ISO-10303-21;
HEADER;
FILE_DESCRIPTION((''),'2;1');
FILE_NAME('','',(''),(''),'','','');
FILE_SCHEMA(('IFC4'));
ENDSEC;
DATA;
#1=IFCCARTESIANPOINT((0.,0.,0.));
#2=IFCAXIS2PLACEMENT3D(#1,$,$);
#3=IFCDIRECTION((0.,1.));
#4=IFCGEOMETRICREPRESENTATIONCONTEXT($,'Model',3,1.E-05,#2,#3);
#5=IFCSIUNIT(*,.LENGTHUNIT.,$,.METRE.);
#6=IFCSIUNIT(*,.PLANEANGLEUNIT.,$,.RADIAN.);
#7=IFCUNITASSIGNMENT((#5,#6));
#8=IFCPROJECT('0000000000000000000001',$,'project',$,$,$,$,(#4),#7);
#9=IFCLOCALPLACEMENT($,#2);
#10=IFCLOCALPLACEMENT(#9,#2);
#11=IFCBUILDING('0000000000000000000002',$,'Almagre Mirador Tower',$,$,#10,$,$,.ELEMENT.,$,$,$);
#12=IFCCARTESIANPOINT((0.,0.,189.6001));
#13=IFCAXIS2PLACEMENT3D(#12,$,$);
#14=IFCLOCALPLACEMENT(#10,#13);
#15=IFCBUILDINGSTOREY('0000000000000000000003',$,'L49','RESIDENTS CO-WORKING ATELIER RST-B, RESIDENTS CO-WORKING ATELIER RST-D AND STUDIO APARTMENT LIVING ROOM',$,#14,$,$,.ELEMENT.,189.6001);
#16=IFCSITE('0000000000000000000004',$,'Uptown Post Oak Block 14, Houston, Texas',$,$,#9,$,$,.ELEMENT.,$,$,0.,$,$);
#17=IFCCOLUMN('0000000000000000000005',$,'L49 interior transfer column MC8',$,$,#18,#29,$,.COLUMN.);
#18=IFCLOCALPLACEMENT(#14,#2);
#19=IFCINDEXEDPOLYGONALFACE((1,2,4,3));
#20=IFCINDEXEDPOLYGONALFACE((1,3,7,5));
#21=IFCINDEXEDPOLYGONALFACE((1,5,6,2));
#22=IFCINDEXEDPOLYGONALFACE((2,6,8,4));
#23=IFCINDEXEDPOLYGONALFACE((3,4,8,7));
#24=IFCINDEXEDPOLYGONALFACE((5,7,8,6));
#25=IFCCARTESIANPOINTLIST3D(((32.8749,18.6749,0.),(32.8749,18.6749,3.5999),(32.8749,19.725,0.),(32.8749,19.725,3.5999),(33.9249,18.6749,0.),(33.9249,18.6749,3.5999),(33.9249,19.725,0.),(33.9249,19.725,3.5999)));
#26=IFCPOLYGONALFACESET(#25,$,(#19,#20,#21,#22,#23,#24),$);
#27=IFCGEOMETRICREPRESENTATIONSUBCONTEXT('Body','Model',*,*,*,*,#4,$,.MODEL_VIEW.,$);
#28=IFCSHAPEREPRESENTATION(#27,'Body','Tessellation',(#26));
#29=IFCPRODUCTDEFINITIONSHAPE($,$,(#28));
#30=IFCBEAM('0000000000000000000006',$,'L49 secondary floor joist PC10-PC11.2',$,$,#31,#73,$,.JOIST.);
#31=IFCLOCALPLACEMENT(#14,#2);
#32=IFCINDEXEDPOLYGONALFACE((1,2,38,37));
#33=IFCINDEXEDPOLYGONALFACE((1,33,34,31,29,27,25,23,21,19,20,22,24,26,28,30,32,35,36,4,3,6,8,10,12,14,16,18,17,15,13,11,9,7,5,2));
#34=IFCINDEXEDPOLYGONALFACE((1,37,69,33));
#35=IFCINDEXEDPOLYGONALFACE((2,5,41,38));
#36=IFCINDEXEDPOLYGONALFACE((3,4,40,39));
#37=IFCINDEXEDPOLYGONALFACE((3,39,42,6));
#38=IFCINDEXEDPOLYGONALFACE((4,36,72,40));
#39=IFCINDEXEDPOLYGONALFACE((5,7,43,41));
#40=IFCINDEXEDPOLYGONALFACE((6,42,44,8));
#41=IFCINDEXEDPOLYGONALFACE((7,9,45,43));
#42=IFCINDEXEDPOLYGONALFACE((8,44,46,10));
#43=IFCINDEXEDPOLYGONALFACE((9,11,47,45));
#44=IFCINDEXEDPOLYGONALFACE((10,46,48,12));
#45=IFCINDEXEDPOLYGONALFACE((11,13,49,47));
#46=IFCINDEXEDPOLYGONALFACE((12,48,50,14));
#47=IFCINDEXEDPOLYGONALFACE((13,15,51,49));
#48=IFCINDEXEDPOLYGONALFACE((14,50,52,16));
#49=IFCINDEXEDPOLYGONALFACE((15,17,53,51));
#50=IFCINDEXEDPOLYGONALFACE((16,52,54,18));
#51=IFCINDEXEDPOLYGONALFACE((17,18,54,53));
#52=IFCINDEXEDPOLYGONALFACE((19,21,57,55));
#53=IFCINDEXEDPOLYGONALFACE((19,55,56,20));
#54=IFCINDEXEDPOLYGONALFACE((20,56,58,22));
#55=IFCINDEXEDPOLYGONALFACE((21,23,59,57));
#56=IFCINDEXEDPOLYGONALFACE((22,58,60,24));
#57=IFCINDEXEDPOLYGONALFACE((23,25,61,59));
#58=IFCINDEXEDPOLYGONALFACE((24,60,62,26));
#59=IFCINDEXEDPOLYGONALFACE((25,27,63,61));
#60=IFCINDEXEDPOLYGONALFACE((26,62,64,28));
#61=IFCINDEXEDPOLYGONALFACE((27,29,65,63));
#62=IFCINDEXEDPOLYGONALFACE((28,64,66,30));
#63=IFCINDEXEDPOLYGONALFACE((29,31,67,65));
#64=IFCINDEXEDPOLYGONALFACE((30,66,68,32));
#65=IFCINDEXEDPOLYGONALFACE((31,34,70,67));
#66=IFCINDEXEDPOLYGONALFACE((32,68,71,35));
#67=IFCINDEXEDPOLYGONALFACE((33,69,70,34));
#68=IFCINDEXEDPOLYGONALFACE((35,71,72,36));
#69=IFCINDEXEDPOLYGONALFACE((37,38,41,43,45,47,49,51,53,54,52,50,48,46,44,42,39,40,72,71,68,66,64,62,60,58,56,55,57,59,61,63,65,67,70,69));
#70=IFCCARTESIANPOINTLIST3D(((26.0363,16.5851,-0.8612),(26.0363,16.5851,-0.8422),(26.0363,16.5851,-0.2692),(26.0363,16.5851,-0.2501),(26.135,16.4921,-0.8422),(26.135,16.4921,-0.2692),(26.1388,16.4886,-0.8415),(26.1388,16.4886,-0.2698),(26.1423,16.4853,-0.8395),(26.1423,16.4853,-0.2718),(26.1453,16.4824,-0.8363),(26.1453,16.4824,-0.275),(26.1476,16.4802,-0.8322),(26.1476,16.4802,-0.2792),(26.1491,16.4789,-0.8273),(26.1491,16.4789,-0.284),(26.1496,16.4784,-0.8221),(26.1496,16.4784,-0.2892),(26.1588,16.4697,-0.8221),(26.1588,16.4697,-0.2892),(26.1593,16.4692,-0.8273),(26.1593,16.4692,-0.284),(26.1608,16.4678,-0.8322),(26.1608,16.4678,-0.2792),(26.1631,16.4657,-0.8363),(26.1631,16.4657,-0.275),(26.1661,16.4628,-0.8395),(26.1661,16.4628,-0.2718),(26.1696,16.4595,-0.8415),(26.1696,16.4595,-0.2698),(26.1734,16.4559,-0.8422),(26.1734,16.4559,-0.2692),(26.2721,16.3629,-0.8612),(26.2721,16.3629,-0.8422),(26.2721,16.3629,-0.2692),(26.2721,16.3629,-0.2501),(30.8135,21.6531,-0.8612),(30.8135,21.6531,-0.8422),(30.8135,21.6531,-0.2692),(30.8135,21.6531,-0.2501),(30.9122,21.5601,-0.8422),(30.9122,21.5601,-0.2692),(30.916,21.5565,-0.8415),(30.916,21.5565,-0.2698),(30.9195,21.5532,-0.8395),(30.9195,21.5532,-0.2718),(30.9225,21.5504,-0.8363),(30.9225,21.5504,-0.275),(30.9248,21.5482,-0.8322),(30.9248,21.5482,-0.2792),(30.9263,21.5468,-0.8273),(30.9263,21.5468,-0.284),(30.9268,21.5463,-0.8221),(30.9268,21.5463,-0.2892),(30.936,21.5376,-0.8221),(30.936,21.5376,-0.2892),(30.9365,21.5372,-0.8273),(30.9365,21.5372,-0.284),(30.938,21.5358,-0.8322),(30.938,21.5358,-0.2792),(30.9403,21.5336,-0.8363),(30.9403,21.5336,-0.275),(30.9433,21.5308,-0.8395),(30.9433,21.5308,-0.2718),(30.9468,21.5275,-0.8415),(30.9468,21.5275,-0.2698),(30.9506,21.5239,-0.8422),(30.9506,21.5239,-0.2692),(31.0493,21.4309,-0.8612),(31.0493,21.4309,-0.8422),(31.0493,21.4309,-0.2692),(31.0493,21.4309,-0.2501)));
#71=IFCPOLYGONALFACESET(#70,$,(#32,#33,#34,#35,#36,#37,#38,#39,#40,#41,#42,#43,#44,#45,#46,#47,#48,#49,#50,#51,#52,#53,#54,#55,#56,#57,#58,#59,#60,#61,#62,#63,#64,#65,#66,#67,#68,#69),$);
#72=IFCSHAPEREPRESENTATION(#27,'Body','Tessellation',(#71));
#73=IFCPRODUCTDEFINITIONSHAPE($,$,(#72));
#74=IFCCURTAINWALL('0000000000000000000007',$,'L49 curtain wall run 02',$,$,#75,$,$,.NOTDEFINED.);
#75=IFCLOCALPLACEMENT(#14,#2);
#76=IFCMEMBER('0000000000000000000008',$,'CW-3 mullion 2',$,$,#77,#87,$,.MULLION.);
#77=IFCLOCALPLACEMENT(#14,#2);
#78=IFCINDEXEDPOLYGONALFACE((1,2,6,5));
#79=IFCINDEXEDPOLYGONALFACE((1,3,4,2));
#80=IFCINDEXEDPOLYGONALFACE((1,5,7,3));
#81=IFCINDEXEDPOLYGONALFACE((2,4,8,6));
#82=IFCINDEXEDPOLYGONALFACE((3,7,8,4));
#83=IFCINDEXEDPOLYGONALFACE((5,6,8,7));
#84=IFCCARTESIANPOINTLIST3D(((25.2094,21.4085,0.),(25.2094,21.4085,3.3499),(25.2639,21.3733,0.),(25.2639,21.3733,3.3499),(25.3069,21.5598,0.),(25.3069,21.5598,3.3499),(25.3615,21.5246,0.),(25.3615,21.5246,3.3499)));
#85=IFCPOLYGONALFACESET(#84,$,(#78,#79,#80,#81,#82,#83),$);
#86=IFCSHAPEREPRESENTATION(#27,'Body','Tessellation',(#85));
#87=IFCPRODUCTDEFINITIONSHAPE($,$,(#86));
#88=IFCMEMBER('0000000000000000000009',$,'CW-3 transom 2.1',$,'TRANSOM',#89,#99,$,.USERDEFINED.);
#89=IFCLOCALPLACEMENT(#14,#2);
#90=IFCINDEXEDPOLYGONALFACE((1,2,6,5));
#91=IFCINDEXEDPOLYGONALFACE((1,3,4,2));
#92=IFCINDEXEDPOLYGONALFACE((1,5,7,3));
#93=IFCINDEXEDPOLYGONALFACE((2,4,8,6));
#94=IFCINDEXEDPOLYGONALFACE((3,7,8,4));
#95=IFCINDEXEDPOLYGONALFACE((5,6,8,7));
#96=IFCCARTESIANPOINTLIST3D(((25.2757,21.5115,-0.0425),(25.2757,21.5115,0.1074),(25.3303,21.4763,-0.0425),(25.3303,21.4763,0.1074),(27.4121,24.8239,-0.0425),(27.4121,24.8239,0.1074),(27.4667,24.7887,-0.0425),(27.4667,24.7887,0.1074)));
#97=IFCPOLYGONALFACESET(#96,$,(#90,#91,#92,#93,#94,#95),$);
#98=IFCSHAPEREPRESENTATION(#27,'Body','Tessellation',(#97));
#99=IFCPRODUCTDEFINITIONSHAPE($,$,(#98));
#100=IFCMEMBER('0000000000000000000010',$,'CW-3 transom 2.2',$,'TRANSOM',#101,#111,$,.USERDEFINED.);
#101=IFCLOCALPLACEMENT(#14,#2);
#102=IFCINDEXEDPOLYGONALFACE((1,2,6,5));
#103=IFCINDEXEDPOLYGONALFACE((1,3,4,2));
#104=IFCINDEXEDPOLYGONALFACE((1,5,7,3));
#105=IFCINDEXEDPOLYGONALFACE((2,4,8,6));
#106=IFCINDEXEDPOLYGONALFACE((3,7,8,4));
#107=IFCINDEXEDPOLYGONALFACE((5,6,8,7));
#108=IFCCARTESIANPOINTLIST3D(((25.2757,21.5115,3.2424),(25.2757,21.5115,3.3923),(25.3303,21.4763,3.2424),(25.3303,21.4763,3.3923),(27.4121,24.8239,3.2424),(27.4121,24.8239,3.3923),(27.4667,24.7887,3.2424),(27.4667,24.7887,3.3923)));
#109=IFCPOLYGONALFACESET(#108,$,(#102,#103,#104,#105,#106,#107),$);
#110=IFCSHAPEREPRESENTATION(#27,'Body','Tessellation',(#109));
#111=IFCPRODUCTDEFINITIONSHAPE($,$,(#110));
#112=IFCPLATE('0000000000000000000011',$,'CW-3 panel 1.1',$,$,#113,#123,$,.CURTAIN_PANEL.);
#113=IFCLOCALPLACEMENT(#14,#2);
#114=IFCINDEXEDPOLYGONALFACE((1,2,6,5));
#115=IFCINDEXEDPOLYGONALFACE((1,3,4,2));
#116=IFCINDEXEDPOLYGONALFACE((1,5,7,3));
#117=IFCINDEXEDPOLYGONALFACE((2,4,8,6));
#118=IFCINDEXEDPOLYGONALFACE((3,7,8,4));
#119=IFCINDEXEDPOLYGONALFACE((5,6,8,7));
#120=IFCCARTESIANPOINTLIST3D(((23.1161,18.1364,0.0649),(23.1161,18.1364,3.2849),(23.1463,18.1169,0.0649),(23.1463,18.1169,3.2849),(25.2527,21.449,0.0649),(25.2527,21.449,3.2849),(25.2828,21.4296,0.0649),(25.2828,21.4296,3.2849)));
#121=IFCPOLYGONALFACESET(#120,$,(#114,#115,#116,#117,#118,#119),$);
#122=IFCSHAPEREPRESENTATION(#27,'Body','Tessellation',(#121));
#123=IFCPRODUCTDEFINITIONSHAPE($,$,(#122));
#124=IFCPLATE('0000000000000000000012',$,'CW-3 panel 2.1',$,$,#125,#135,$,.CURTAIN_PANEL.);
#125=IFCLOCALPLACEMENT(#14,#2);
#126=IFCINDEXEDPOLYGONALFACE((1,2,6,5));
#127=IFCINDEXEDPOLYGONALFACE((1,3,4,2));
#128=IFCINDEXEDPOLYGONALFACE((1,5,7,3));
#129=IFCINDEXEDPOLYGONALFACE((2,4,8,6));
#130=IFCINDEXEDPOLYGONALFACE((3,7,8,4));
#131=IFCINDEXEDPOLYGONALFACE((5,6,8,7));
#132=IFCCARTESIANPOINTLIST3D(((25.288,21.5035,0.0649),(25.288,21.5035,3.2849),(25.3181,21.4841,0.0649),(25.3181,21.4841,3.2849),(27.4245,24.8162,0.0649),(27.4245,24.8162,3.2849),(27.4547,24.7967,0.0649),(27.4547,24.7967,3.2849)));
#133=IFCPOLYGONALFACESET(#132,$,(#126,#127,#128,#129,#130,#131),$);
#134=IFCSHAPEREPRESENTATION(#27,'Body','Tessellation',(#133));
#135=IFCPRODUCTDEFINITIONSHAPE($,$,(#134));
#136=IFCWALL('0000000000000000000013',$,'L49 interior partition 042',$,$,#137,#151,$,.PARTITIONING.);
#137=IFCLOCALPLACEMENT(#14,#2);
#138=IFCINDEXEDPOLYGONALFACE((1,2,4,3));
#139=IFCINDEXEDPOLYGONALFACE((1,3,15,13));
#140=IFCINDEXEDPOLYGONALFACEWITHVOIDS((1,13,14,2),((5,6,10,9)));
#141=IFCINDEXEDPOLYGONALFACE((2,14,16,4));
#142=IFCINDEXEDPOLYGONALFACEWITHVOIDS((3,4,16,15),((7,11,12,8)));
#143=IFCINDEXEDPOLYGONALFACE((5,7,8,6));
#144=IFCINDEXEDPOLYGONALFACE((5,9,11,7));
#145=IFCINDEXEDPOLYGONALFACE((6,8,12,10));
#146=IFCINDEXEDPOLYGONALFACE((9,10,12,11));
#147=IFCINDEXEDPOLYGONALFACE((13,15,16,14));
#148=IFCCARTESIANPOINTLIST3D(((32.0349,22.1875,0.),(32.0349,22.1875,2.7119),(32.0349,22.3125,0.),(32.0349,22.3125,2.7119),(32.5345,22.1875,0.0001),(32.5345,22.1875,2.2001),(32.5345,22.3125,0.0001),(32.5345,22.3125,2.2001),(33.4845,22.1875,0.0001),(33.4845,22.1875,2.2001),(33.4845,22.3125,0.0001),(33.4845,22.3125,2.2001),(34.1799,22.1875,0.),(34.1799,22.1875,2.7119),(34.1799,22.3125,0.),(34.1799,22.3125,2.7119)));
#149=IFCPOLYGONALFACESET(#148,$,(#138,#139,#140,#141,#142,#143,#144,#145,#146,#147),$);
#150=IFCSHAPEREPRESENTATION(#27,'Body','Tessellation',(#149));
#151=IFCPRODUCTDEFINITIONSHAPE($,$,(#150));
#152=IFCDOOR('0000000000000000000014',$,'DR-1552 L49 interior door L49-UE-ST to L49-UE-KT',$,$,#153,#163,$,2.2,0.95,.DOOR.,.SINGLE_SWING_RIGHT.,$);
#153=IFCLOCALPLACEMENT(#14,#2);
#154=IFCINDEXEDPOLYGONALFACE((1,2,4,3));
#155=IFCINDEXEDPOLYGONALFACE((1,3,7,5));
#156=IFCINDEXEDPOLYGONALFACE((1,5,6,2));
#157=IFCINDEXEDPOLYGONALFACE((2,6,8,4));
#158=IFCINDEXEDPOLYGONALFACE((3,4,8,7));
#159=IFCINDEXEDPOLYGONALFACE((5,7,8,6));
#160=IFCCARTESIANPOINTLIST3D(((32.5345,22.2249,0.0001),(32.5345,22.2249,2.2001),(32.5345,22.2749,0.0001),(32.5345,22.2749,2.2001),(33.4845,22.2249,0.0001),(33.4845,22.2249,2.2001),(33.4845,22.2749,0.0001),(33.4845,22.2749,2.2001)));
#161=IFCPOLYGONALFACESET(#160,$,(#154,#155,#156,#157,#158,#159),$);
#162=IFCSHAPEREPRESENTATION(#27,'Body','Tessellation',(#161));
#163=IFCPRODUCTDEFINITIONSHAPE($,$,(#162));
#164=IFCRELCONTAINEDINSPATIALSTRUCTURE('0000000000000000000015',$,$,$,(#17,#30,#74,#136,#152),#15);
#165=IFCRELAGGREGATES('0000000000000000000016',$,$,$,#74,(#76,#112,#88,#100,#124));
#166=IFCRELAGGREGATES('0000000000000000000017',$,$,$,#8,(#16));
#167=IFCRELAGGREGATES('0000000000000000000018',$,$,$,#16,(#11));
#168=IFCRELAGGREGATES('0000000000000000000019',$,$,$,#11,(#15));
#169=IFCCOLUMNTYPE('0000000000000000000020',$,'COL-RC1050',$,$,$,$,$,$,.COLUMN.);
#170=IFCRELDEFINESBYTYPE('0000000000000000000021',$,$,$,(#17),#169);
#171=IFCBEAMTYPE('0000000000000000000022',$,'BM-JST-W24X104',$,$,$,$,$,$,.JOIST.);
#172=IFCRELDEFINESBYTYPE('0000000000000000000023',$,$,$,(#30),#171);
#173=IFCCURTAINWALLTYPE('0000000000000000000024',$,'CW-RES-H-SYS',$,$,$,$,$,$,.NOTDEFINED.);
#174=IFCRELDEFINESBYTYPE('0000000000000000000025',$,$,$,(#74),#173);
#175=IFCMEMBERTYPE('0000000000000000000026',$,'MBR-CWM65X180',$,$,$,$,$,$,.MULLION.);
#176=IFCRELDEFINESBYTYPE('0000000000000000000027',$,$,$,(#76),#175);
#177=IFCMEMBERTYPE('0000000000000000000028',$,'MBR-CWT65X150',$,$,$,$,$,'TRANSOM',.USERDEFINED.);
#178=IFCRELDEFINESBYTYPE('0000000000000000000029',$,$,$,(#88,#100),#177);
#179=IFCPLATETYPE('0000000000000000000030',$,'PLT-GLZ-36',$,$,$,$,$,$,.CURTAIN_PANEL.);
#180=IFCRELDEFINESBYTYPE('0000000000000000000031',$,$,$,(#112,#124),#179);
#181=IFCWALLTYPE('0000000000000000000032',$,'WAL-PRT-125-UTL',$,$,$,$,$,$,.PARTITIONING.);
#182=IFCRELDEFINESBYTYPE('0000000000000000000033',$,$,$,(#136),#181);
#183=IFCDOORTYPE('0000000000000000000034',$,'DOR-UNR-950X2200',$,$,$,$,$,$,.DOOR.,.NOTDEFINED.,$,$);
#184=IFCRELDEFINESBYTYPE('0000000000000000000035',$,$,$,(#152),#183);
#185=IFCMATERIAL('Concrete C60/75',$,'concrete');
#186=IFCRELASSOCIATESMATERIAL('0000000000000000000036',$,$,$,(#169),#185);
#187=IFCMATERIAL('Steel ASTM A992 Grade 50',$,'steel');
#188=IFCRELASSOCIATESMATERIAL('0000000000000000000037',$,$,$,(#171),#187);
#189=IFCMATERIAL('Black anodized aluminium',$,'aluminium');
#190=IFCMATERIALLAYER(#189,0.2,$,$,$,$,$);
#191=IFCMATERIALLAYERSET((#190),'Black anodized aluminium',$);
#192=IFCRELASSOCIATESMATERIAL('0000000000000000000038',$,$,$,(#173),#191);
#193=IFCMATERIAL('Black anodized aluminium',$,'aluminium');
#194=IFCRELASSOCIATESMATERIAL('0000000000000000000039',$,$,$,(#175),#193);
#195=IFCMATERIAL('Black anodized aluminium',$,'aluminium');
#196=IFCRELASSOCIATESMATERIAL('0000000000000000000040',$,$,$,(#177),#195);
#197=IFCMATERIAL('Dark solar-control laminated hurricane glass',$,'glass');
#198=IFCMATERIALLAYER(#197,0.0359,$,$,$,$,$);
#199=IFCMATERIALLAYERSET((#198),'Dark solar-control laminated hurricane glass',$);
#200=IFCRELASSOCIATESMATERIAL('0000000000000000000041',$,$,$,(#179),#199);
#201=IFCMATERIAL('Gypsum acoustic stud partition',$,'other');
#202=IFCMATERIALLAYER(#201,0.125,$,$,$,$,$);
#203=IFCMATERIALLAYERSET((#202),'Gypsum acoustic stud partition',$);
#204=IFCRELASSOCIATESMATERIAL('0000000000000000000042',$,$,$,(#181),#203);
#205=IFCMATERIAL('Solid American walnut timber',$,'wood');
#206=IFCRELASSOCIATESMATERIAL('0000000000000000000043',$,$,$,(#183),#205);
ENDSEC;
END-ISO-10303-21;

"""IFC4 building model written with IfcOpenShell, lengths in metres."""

from ifc_helpers import new_model, si_unit, direction, frame, frame_2d, origin, origin_2d, place, context, subcontext, project, spatial, rectangle, i_section, extrude, material, layer, layer_set, material_profile, profile_set, type_object, element, fill, aggregate, save


model = new_model("IFC4")

# Units and contexts
model_context = context("Model", 3, precision=1e-05, world=origin(), true_north=direction((0.0, 1.0)))
body_context = subcontext(model_context, "Body", "Model", "MODEL_VIEW")
ifc_project = project(units=[si_unit("LENGTHUNIT", "METRE"), si_unit("PLANEANGLEUNIT", "RADIAN")], contexts=[model_context])

# Site, building, storey
site_placement = place(None, origin())
site = spatial("IfcSite", under=ifc_project, at=site_placement, Name="Uptown Post Oak Block 14, Houston, Texas", CompositionType="ELEMENT", RefElevation=0.0)
building_placement = place(site_placement, origin())
building = spatial("IfcBuilding", under=site, at=building_placement, Name="Almagre Mirador Tower", CompositionType="ELEMENT")
storey_placement = place(building_placement, frame((0.0, 0.0, 189.6001)))
storey = spatial("IfcBuildingStorey", under=building, at=storey_placement, Name="L49", Description="RESIDENTS CO-WORKING ATELIER RST-B, RESIDENTS CO-WORKING ATELIER RST-D AND STUDIO APARTMENT LIVING ROOM", CompositionType="ELEMENT", Elevation=189.6001)

# Column
ifc_material_1 = material(Name="Concrete C60/75", Category="concrete")
ifc_material_profile_1 = material_profile(ifc_material_1, rectangle(XDim=1.05, YDim=1.05, at=origin_2d()), Name="RC1050X1050")
ifc_profile_set_1 = profile_set([ifc_material_profile_1], Name="Concrete C60/75")
column_type = type_object("IfcColumnType", Name="COL-RC1050", PredefinedType="COLUMN", material=ifc_profile_set_1)
column_placement = place(storey_placement, frame((33.3999, 19.2, 0.0), z_axis=(0.0, 0.0, 1.0), x_axis=(1.0, 0.0, 0.0)))
element("IfcColumn", 1, at=column_placement, inside=storey, type_object=column_type, Name="L49 interior transfer column MC8", PredefinedType="COLUMN", context=body_context, shape_type="SweptSolid", body=[
    extrude(rectangle(XDim=1.05, YDim=1.05, at=origin_2d()), origin(), (0.0, 0.0, 1.0), 3.5999),
])

# Beam
ifc_material_2 = material(Name="Steel ASTM A992 Grade 50", Category="steel")
ifc_material_profile_2 = material_profile(ifc_material_2, i_section(OverallWidth=0.324, OverallDepth=0.6111, WebThickness=0.0127, FlangeThickness=0.019, FilletRadius=0.02, at=origin_2d()), Name="W24X104")
ifc_profile_set_2 = profile_set([ifc_material_profile_2], Name="Steel ASTM A992 Grade 50")
beam_type = type_object("IfcBeamType", Name="BM-JST-W24X104", PredefinedType="JOIST", material=ifc_profile_set_2)
beam_placement = place(storey_placement, frame((30.9314, 21.542, -0.5557), z_axis=(-0.685923, -0.727674, 0.0), x_axis=(0.727674, -0.685923, 0.0)))
element("IfcBeam", 2, at=beam_placement, inside=storey, type_object=beam_type, Name="L49 secondary floor joist PC10-PC11.2", PredefinedType="JOIST", context=body_context, shape_type="SweptSolid", body=[
    extrude(i_section(OverallWidth=0.324, OverallDepth=0.6111, WebThickness=0.0127, FlangeThickness=0.019, FilletRadius=0.02, at=origin_2d()), origin(), (0.0, 0.0, 1.0), 6.9646),
])

# Curtain wall, members, plates
ifc_material_3 = material(Name="Black anodized aluminium", Category="aluminium")
ifc_layer_1 = layer(ifc_material_3, 0.2)
ifc_layer_set_1 = layer_set([ifc_layer_1], Name="Black anodized aluminium")
curtain_wall_type = type_object("IfcCurtainWallType", Name="CW-RES-H-SYS", PredefinedType="NOTDEFINED", material=ifc_layer_set_1)
curtain_wall_placement = place(storey_placement, origin())
curtain_wall = element("IfcCurtainWall", 3, at=curtain_wall_placement, inside=storey, type_object=curtain_wall_type, Name="L49 curtain wall run 02", PredefinedType="NOTDEFINED")
ifc_material_4 = material(Name="Black anodized aluminium", Category="aluminium")
ifc_material_profile_3 = material_profile(ifc_material_4, rectangle(XDim=0.0649, YDim=0.1799, at=origin_2d()), Name="CWM65X180")
ifc_profile_set_3 = profile_set([ifc_material_profile_3], Name="Black anodized aluminium")
member_type_1 = type_object("IfcMemberType", Name="MBR-CWM65X180", PredefinedType="MULLION", material=ifc_profile_set_3)
member_1_placement = place(storey_placement, frame((25.2854, 21.4666, 0.0), z_axis=(0.0, 0.0, 1.0), x_axis=(-0.84037, 0.542013, 0.0)))
member_1 = element("IfcMember", 4, at=member_1_placement, type_object=member_type_1, Name="CW-3 mullion 2", PredefinedType="MULLION", context=body_context, shape_type="SweptSolid", body=[
    extrude(rectangle(XDim=0.0649, YDim=0.1799, at=origin_2d()), origin(), (0.0, 0.0, 1.0), 3.3499),
])
ifc_material_5 = material(Name="Black anodized aluminium", Category="aluminium")
ifc_material_profile_4 = material_profile(ifc_material_5, rectangle(XDim=0.0649, YDim=0.1499, at=origin_2d()), Name="CWT65X150")
ifc_profile_set_4 = profile_set([ifc_material_profile_4], Name="Black anodized aluminium")
member_type_2 = type_object("IfcMemberType", Name="MBR-CWT65X150", ElementType="TRANSOM", PredefinedType="USERDEFINED", material=ifc_profile_set_4)
member_2_placement = place(storey_placement, frame((25.303, 21.4939, 0.0325), z_axis=(0.542015, 0.840369, 0.0), x_axis=(-0.840369, 0.542015, 0.0)))
member_2 = element("IfcMember", 5, at=member_2_placement, type_object=member_type_2, Name="CW-3 transom 2.1", ObjectType="TRANSOM", PredefinedType="USERDEFINED", context=body_context, shape_type="SweptSolid", body=[
    extrude(rectangle(XDim=0.0649, YDim=0.1499, at=origin_2d()), origin(), (0.0, 0.0, 1.0), 3.9417),
])
member_3_placement = place(storey_placement, frame((25.303, 21.4939, 3.3174), z_axis=(0.542015, 0.840369, 0.0), x_axis=(-0.840369, 0.542015, 0.0)))
member_3 = element("IfcMember", 6, at=member_3_placement, type_object=member_type_2, Name="CW-3 transom 2.2", ObjectType="TRANSOM", PredefinedType="USERDEFINED", context=body_context, shape_type="SweptSolid", body=[
    extrude(rectangle(XDim=0.0649, YDim=0.1499, at=origin_2d()), origin(), (0.0, 0.0, 1.0), 3.9417),
])
ifc_material_6 = material(Name="Dark solar-control laminated hurricane glass", Category="glass")
ifc_layer_2 = layer(ifc_material_6, 0.0359)
ifc_layer_set_2 = layer_set([ifc_layer_2], Name="Dark solar-control laminated hurricane glass")
plate_type = type_object("IfcPlateType", Name="PLT-GLZ-36", PredefinedType="CURTAIN_PANEL", material=ifc_layer_set_2)
plate_1_placement = place(storey_placement, frame((24.1995, 19.783, 0.0649), z_axis=(0.0, 0.0, 1.0), x_axis=(0.542013, 0.84037, 0.0)))
plate_1 = element("IfcPlate", 7, at=plate_1_placement, type_object=plate_type, Name="CW-3 panel 1.1", PredefinedType="CURTAIN_PANEL", context=body_context, shape_type="SweptSolid", body=[
    extrude(rectangle(XDim=3.9419, YDim=0.0359, at=origin_2d()), origin(), (0.0, 0.0, 1.0), 3.22),
])
plate_2_placement = place(storey_placement, frame((26.3713, 23.1501, 0.0649), z_axis=(0.0, 0.0, 1.0), x_axis=(0.542013, 0.84037, 0.0)))
plate_2 = element("IfcPlate", 8, at=plate_2_placement, type_object=plate_type, Name="CW-3 panel 2.1", PredefinedType="CURTAIN_PANEL", context=body_context, shape_type="SweptSolid", body=[
    extrude(rectangle(XDim=3.9419, YDim=0.0359, at=origin_2d()), origin(), (0.0, 0.0, 1.0), 3.22),
])
aggregate(curtain_wall, [member_1, plate_1, member_2, member_3, plate_2])

# Wall, opening, door
ifc_material_7 = material(Name="Gypsum acoustic stud partition", Category="other")
ifc_layer_3 = layer(ifc_material_7, 0.125)
ifc_layer_set_3 = layer_set([ifc_layer_3], Name="Gypsum acoustic stud partition")
wall_type_1 = type_object("IfcWallType", Name="WAL-PRT-125-UTL", PredefinedType="PARTITIONING", material=ifc_layer_set_3)
wall_1_placement = place(storey_placement, frame((32.0349, 22.25, 0.0), z_axis=(0.0, 0.0, 1.0), x_axis=(1.0, 0.0, 0.0)))
wall_1 = element("IfcWall", 9, at=wall_1_placement, inside=storey, type_object=wall_type_1, Name="L49 interior partition 042", PredefinedType="PARTITIONING", context=body_context, shape_type="SweptSolid", body=[
    extrude(rectangle(XDim=2.145, YDim=0.125, at=frame_2d((1.0725, 0.0))), origin(), (0.0, 0.0, 1.0), 2.7119),
])
opening_1_placement = place(wall_1_placement, frame((0.4995, 0.0, 0.0)))
opening_1 = element("IfcOpeningElement", 10, at=opening_1_placement, cuts=wall_1, PredefinedType="OPENING", context=body_context, shape_type="SweptSolid", body=[
    extrude(rectangle(XDim=0.95, YDim=2.2, at=frame_2d((0.4751, 1.1001))), frame((0.0, 0.0725, 0.0), z_axis=(0.0, -1.0, 0.0), x_axis=(1.0, 0.0, 0.0)), (0.0, 0.0, 1.0), 0.145),
])
ifc_material_8 = material(Name="Solid American walnut timber", Category="wood")
door_type_1 = type_object("IfcDoorType", Name="DOR-UNR-950X2200", OperationType="NOTDEFINED", PredefinedType="DOOR", material=ifc_material_8)
door_1_placement = place(opening_1_placement, origin())
door_1 = element("IfcDoor", 11, at=door_1_placement, inside=storey, type_object=door_type_1, Name="DR-1552 L49 interior door L49-UE-ST to L49-UE-KT", OperationType="SINGLE_SWING_RIGHT", OverallHeight=2.2, OverallWidth=0.95, PredefinedType="DOOR", context=body_context, shape_type="SweptSolid", body=[
    extrude(rectangle(XDim=0.95, YDim=2.2, at=frame_2d((0.4751, 1.1001))), frame((0.0, 0.0249, 0.0), z_axis=(0.0, -1.0, 0.0), x_axis=(1.0, 0.0, 0.0)), (0.0, 0.0, 1.0), 0.05),
])
fill(opening_1, door_1)

save(model, "model.ifc")
